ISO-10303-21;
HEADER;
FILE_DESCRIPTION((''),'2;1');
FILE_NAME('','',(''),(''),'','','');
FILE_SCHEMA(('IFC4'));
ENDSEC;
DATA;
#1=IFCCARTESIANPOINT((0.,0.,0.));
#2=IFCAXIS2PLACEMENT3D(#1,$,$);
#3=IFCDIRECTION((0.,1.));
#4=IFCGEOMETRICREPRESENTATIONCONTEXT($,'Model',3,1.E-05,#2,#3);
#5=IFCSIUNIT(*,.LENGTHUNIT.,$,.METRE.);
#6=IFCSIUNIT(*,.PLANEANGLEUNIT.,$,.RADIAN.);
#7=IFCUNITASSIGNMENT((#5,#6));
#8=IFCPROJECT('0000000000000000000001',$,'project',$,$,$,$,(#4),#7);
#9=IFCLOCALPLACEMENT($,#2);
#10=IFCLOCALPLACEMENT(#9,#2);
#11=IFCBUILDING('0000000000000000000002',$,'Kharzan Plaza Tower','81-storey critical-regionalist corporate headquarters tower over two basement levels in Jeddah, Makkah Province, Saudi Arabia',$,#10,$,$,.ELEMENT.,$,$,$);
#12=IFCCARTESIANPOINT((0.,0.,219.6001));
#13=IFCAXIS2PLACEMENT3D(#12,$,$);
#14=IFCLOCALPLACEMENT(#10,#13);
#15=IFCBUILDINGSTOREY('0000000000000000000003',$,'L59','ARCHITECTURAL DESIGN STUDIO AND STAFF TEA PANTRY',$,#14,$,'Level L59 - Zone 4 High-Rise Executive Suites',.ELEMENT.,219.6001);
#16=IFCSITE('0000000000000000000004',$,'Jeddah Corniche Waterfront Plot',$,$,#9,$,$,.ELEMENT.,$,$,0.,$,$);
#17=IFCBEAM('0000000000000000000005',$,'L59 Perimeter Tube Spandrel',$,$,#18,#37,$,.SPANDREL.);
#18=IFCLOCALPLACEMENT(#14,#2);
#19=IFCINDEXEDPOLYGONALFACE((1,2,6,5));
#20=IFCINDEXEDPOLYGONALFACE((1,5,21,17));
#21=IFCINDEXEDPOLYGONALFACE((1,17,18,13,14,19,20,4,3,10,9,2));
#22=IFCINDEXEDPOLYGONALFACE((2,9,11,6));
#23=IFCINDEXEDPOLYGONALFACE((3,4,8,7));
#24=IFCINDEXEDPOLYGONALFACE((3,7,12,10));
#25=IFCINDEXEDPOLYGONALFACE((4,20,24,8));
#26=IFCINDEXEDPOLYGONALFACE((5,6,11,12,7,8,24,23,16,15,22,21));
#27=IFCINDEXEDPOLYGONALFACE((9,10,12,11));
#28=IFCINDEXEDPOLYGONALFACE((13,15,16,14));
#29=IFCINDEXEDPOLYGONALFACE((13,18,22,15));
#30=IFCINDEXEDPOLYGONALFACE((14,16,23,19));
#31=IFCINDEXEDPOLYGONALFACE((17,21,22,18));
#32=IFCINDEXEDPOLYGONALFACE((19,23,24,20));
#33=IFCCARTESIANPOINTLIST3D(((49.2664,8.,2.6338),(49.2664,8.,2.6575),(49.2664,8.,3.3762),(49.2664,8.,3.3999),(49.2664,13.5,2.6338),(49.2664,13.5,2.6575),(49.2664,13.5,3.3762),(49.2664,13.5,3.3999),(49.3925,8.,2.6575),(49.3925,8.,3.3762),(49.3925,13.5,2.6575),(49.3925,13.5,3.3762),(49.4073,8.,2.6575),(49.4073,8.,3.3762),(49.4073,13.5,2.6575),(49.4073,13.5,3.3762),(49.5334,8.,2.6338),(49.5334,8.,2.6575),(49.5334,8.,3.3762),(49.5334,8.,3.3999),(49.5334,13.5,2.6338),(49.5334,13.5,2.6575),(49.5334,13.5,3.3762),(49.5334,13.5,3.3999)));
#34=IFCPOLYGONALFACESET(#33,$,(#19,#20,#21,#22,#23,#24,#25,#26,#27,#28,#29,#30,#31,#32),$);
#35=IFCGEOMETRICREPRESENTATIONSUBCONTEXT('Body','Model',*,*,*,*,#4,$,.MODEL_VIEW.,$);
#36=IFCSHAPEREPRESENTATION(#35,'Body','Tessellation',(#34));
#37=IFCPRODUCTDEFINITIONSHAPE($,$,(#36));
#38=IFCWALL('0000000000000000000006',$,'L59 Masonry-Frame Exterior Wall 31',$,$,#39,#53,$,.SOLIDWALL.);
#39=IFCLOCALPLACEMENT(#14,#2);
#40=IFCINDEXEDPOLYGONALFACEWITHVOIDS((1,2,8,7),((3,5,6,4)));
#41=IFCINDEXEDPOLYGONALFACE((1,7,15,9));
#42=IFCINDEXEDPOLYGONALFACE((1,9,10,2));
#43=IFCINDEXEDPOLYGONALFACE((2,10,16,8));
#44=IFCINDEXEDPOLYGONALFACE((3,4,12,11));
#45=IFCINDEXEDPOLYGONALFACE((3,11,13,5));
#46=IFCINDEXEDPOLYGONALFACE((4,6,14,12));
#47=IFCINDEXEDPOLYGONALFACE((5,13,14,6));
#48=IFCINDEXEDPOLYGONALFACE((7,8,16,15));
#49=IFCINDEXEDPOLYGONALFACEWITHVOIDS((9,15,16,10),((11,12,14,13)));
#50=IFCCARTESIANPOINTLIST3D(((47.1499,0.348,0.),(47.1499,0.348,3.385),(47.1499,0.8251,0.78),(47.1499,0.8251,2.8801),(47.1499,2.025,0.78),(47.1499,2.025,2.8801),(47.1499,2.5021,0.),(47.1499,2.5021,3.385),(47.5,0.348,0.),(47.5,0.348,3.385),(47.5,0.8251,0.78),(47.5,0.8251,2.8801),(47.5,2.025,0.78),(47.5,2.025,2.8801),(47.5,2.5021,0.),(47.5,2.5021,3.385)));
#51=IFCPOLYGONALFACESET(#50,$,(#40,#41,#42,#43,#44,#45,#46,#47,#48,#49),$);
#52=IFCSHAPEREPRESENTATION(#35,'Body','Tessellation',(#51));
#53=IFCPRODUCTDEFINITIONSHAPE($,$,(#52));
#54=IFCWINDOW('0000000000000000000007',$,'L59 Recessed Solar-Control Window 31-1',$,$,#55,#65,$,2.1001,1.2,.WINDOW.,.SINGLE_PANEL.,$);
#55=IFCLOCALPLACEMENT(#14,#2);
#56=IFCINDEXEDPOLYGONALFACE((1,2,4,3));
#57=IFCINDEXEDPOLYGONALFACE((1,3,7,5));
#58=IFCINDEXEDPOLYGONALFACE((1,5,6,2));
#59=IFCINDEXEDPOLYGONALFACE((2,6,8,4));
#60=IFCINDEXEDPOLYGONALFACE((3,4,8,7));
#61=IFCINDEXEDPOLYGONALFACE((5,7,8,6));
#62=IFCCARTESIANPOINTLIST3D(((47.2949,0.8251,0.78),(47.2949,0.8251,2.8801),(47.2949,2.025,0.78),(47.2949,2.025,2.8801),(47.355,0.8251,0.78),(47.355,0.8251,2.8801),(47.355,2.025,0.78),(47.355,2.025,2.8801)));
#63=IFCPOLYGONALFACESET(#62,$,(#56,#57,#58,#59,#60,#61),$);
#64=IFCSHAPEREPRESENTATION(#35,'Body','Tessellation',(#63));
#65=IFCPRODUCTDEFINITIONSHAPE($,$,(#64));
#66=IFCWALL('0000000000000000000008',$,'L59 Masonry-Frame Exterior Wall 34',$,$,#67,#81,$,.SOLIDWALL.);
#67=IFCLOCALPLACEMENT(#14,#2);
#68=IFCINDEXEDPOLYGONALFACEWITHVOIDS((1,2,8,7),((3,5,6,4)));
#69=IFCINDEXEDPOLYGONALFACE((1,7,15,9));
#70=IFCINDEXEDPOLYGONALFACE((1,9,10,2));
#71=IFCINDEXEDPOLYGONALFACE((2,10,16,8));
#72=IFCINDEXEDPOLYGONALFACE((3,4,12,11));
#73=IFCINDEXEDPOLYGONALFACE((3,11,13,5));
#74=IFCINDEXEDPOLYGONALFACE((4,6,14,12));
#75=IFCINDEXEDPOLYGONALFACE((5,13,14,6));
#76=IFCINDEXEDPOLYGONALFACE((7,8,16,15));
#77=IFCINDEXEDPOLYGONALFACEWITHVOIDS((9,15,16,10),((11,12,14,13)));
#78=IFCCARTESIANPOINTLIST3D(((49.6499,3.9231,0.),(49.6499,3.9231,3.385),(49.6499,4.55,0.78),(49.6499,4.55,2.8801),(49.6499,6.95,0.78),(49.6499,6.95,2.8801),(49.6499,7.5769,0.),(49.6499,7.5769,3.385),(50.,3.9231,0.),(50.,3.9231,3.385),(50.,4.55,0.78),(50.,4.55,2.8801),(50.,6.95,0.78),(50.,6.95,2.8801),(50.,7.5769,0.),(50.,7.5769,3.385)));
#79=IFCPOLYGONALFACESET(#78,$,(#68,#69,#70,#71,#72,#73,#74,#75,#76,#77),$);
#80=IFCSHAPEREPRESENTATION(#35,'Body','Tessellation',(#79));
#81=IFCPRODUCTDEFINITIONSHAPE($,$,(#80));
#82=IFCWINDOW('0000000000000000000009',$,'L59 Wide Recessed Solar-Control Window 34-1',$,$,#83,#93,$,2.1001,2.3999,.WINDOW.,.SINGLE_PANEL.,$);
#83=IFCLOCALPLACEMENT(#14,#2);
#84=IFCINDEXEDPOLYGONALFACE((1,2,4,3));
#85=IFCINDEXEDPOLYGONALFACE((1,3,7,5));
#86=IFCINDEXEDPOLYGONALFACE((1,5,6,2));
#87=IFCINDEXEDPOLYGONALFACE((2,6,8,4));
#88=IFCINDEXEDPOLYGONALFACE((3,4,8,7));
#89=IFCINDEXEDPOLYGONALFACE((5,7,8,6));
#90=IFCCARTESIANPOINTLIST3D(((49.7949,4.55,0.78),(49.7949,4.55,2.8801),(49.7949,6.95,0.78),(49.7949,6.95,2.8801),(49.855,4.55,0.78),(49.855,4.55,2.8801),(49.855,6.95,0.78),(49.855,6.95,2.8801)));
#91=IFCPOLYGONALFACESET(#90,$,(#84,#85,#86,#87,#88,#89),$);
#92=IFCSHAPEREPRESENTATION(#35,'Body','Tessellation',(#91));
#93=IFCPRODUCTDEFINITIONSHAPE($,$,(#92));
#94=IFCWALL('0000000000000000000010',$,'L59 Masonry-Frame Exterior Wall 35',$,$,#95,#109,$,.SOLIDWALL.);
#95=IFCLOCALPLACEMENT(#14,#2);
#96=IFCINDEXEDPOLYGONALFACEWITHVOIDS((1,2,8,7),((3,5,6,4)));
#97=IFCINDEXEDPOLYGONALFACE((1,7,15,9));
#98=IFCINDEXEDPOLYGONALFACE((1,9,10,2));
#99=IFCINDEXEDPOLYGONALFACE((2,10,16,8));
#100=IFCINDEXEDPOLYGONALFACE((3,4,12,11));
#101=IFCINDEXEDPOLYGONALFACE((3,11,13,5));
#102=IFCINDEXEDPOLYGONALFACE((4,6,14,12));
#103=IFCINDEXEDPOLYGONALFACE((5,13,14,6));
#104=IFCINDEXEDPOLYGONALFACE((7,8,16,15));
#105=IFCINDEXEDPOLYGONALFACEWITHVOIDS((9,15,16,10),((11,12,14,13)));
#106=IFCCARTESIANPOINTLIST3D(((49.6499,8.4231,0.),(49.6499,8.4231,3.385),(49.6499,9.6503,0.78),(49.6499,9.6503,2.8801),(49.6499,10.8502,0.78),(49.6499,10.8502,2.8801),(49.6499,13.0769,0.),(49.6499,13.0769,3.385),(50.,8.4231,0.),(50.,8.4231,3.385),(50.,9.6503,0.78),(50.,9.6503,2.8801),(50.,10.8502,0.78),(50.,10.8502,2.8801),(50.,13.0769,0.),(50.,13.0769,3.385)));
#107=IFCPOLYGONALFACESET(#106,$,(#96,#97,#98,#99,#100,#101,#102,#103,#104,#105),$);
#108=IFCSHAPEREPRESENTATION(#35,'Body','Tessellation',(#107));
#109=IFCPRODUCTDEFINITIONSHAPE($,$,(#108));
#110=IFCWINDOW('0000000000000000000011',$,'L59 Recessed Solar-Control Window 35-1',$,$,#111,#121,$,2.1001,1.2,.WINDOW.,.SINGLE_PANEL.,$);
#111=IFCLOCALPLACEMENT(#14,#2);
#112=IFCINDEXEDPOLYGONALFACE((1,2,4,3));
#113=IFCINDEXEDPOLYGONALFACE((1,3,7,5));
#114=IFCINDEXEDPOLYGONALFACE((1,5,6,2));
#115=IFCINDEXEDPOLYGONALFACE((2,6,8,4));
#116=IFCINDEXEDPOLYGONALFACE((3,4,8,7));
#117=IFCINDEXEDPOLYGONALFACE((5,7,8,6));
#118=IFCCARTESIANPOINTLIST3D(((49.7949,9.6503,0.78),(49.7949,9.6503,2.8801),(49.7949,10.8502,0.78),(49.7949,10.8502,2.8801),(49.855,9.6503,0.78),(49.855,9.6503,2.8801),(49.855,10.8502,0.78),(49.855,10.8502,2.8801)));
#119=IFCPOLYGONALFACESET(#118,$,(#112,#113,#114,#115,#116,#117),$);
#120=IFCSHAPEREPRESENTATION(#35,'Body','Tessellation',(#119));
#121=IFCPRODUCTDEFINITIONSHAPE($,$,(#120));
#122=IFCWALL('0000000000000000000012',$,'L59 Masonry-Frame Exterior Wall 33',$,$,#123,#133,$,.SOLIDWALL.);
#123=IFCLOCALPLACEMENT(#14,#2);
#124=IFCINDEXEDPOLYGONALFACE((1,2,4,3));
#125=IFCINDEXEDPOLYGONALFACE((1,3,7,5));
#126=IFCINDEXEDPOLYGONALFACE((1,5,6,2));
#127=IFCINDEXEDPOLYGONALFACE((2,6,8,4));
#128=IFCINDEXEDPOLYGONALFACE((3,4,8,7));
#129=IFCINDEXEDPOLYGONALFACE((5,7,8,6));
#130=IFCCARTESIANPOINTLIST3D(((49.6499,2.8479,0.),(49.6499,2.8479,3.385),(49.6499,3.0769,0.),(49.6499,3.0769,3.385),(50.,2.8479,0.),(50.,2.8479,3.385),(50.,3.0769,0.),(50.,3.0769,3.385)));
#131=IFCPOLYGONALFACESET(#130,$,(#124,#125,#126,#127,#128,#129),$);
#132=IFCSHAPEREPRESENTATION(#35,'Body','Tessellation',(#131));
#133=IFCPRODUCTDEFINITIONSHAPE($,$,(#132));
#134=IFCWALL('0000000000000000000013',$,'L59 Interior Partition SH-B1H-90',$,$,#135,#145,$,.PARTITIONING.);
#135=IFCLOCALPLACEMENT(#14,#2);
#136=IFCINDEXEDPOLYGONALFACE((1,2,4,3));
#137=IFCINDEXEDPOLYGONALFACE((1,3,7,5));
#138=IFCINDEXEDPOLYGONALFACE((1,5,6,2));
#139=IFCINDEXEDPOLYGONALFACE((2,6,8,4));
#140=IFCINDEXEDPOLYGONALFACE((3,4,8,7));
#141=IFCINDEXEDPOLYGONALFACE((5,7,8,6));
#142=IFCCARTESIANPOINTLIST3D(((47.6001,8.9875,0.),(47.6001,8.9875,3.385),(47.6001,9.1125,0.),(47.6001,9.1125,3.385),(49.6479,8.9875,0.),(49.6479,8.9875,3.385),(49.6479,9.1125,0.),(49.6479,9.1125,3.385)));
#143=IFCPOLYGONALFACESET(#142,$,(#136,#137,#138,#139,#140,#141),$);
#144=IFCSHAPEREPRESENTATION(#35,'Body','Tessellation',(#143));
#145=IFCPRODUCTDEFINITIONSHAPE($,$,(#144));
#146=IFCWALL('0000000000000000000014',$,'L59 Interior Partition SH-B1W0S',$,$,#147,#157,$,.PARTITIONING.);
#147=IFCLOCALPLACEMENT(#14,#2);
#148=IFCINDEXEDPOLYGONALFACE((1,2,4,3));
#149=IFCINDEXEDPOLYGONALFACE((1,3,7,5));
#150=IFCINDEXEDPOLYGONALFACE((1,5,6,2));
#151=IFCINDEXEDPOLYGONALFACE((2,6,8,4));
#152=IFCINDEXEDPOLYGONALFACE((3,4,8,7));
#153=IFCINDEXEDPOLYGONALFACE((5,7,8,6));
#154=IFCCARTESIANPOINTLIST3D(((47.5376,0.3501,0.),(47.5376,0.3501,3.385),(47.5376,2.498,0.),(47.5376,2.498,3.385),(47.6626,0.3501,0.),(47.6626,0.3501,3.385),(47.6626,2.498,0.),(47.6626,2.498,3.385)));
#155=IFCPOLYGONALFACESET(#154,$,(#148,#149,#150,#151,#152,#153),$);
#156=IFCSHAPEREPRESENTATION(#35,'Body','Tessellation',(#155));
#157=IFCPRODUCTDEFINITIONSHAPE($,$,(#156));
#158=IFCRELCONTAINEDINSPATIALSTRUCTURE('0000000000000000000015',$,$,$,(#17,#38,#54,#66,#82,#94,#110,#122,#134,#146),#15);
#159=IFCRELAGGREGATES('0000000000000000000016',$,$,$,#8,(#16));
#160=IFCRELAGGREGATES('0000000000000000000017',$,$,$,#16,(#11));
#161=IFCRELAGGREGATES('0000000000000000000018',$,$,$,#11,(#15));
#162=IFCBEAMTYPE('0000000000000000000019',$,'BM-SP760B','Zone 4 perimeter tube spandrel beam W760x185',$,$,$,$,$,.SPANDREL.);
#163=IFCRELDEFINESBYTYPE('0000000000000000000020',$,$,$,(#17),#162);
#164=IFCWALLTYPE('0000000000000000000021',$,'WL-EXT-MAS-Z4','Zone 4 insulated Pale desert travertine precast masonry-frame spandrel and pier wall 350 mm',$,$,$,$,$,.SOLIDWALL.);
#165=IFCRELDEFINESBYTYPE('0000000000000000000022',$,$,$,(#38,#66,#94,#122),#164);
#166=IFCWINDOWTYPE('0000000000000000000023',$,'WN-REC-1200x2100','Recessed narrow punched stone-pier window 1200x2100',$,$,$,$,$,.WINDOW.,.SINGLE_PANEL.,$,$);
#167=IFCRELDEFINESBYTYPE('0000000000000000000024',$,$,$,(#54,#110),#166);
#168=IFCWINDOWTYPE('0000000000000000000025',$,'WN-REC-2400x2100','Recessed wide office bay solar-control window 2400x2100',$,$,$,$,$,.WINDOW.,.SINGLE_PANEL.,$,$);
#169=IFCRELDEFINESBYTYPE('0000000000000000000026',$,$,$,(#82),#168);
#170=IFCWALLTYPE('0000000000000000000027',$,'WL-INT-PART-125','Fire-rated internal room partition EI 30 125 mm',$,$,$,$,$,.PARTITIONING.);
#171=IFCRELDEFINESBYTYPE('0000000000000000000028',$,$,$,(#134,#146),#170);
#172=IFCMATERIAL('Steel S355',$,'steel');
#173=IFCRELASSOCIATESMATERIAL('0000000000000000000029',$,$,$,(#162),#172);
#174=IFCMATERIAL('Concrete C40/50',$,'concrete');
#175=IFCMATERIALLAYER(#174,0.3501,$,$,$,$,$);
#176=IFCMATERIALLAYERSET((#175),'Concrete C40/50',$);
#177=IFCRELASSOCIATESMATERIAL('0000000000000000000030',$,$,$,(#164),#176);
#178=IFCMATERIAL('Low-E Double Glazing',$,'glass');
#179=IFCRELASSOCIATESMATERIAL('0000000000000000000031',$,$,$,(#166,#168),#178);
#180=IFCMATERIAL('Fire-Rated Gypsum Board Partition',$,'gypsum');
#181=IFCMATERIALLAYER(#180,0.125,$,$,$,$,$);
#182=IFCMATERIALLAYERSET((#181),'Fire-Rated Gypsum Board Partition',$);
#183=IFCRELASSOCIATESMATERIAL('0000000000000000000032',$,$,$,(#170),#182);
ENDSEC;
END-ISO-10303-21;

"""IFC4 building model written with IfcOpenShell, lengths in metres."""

from ifc_helpers import new_model, si_unit, direction, frame, frame_2d, origin, origin_2d, place, context, subcontext, project, spatial, rectangle, i_section, extrude, source, transform, mapped, material, layer, layer_set, material_profile, profile_set, type_object, element, fill, save


model = new_model("IFC4")

# Units and contexts
model_context = context("Model", 3, precision=1e-05, world=origin(), true_north=direction((0.0, 1.0)))
body_context = subcontext(model_context, "Body", "Model", "MODEL_VIEW")
ifc_project = project(units=[si_unit("LENGTHUNIT", "METRE"), si_unit("PLANEANGLEUNIT", "RADIAN")], contexts=[model_context])

# Site, building, storey
site_placement = place(None, origin())
site = spatial("IfcSite", under=ifc_project, at=site_placement, Name="Jeddah Corniche Waterfront Plot", CompositionType="ELEMENT", RefElevation=0.0)
building_placement = place(site_placement, origin())
building = spatial("IfcBuilding", under=site, at=building_placement, Name="Kharzan Plaza Tower", Description="81-storey critical-regionalist corporate headquarters tower over two basement levels in Jeddah, Makkah Province, Saudi Arabia", CompositionType="ELEMENT")
storey_placement = place(building_placement, frame((0.0, 0.0, 219.6001)))
storey = spatial("IfcBuildingStorey", under=building, at=storey_placement, Name="L59", Description="ARCHITECTURAL DESIGN STUDIO AND STAFF TEA PANTRY", LongName="Level L59 - Zone 4 High-Rise Executive Suites", CompositionType="ELEMENT", Elevation=219.6001)

# Beam
ifc_material_1 = material(Name="Steel S355", Category="steel")
ifc_material_profile_1 = material_profile(ifc_material_1, i_section(OverallWidth=0.2671, OverallDepth=0.7661, WebThickness=0.0149, FlangeThickness=0.0237, at=origin_2d()), Name="W760x185")
ifc_profile_set_1 = profile_set([ifc_material_profile_1], Name="Steel S355")
beam_type_1 = type_object("IfcBeamType", Name="BM-SP760B", Description="Zone 4 perimeter tube spandrel beam W760x185", PredefinedType="SPANDREL", material=ifc_profile_set_1)
shared_shape_1 = source(origin(), body_context, "Body", "SweptSolid", [
    extrude(i_section(OverallWidth=0.2671, OverallDepth=0.7661, WebThickness=0.0149, FlangeThickness=0.0237, at=origin_2d()), origin(), (0.0, 0.0, 1.0), 5.5),
])
beam_1_placement = place(storey_placement, frame((49.3999, 8.0, 3.0168), z_axis=(0.0, 1.0, 0.0), x_axis=(-1.0, 0.0, 0.0)))
element("IfcBeam", 1, at=beam_1_placement, inside=storey, type_object=beam_type_1, Name="L59 Perimeter Tube Spandrel", PredefinedType="SPANDREL", context=body_context, shape_type="MappedRepresentation", body=[
    mapped(shared_shape_1, transform((0.0, 0.0, 0.0), x_axis=(1.0, 0.0, 0.0), y_axis=(0.0, 1.0, 0.0), z_axis=(0.0, 0.0, 1.0))),
])

# Walls, openings, windows
ifc_material_2 = material(Name="Concrete C40/50", Category="concrete")
ifc_layer_1 = layer(ifc_material_2, 0.3501)
ifc_layer_set_1 = layer_set([ifc_layer_1], Name="Concrete C40/50")
wall_type_1 = type_object("IfcWallType", Name="WL-EXT-MAS-Z4", Description="Zone 4 insulated Pale desert travertine precast masonry-frame spandrel and pier wall 350 mm", PredefinedType="SOLIDWALL", material=ifc_layer_set_1)
wall_1_placement = place(storey_placement, frame((47.325, 0.3479, 0.0), z_axis=(0.0, 0.0, 1.0), x_axis=(0.0, 1.0, 0.0)))
wall_1 = element("IfcWall", 2, at=wall_1_placement, inside=storey, type_object=wall_type_1, Name="L59 Masonry-Frame Exterior Wall 31", PredefinedType="SOLIDWALL", context=body_context, shape_type="SweptSolid", body=[
    extrude(rectangle(XDim=2.1541, YDim=0.3501, at=frame_2d((1.0771, 0.0))), origin(), (0.0, 0.0, 1.0), 3.385),
])
opening_1_placement = place(wall_1_placement, frame((0.4771, 0.0, 0.78)))
opening_1 = element("IfcOpeningElement", 3, at=opening_1_placement, cuts=wall_1, PredefinedType="OPENING", context=body_context, shape_type="SweptSolid", body=[
    extrude(rectangle(XDim=1.2, YDim=2.1001, at=frame_2d((0.6001, 1.05))), frame((0.0, 0.1851, 0.0), z_axis=(0.0, -1.0, 0.0), x_axis=(1.0, 0.0, 0.0)), (0.0, 0.0, 1.0), 0.3701),
])
ifc_material_3 = material(Name="Low-E Double Glazing", Category="glass")
window_type_1 = type_object("IfcWindowType", Name="WN-REC-1200x2100", Description="Recessed narrow punched stone-pier window 1200x2100", PartitioningType="SINGLE_PANEL", PredefinedType="WINDOW", material=ifc_material_3)
shared_shape_2 = source(origin(), body_context, "Body", "SweptSolid", [
    extrude(rectangle(XDim=1.2, YDim=2.1001, at=frame_2d((0.6001, 1.05))), frame((0.0, 0.03, 0.0), z_axis=(0.0, -1.0, 0.0), x_axis=(1.0, 0.0, 0.0)), (0.0, 0.0, 1.0), 0.0601),
])
window_1_placement = place(opening_1_placement, origin())
window_1 = element("IfcWindow", 4, at=window_1_placement, inside=storey, type_object=window_type_1, Name="L59 Recessed Solar-Control Window 31-1", OverallHeight=2.1001, OverallWidth=1.2, PartitioningType="SINGLE_PANEL", PredefinedType="WINDOW", context=body_context, shape_type="MappedRepresentation", body=[
    mapped(shared_shape_2, transform((0.0, 0.0, 0.0), x_axis=(1.0, 0.0, 0.0), y_axis=(0.0, 1.0, 0.0), z_axis=(0.0, 0.0, 1.0))),
])
fill(opening_1, window_1)
wall_2_placement = place(storey_placement, frame((49.825, 3.9231, 0.0), z_axis=(0.0, 0.0, 1.0), x_axis=(0.0, 1.0, 0.0)))
wall_2 = element("IfcWall", 5, at=wall_2_placement, inside=storey, type_object=wall_type_1, Name="L59 Masonry-Frame Exterior Wall 34", PredefinedType="SOLIDWALL", context=body_context, shape_type="SweptSolid", body=[
    extrude(rectangle(XDim=3.6538, YDim=0.3501, at=frame_2d((1.8269, 0.0))), origin(), (0.0, 0.0, 1.0), 3.385),
])
opening_2_placement = place(wall_2_placement, frame((0.627, 0.0, 0.78)))
opening_2 = element("IfcOpeningElement", 6, at=opening_2_placement, cuts=wall_2, PredefinedType="OPENING", context=body_context, shape_type="SweptSolid", body=[
    extrude(rectangle(XDim=2.3999, YDim=2.1001, at=frame_2d((1.2, 1.05))), frame((0.0, 0.1851, 0.0), z_axis=(0.0, -1.0, 0.0), x_axis=(1.0, 0.0, 0.0)), (0.0, 0.0, 1.0), 0.3701),
])
window_type_2 = type_object("IfcWindowType", Name="WN-REC-2400x2100", Description="Recessed wide office bay solar-control window 2400x2100", PartitioningType="SINGLE_PANEL", PredefinedType="WINDOW", material=ifc_material_3)
shared_shape_3 = source(origin(), body_context, "Body", "SweptSolid", [
    extrude(rectangle(XDim=2.3999, YDim=2.1001, at=frame_2d((1.2, 1.05))), frame((0.0, 0.03, 0.0), z_axis=(0.0, -1.0, 0.0), x_axis=(1.0, 0.0, 0.0)), (0.0, 0.0, 1.0), 0.0601),
])
window_2_placement = place(opening_2_placement, origin())
window_2 = element("IfcWindow", 7, at=window_2_placement, inside=storey, type_object=window_type_2, Name="L59 Wide Recessed Solar-Control Window 34-1", OverallHeight=2.1001, OverallWidth=2.3999, PartitioningType="SINGLE_PANEL", PredefinedType="WINDOW", context=body_context, shape_type="MappedRepresentation", body=[
    mapped(shared_shape_3, transform((0.0, 0.0, 0.0), x_axis=(1.0, 0.0, 0.0), y_axis=(0.0, 1.0, 0.0), z_axis=(0.0, 0.0, 1.0))),
])
fill(opening_2, window_2)
wall_3_placement = place(storey_placement, frame((49.825, 8.4231, 0.0), z_axis=(0.0, 0.0, 1.0), x_axis=(0.0, 1.0, 0.0)))
wall_3 = element("IfcWall", 8, at=wall_3_placement, inside=storey, type_object=wall_type_1, Name="L59 Masonry-Frame Exterior Wall 35", PredefinedType="SOLIDWALL", context=body_context, shape_type="SweptSolid", body=[
    extrude(rectangle(XDim=4.6538, YDim=0.3501, at=frame_2d((2.3269, 0.0))), origin(), (0.0, 0.0, 1.0), 3.385),
])
opening_3_placement = place(wall_3_placement, frame((1.2271, 0.0, 0.78)))
opening_3 = element("IfcOpeningElement", 9, at=opening_3_placement, cuts=wall_3, PredefinedType="OPENING", context=body_context, shape_type="SweptSolid", body=[
    extrude(rectangle(XDim=1.2, YDim=2.1001, at=frame_2d((0.6001, 1.05))), frame((0.0, 0.1851, 0.0), z_axis=(0.0, -1.0, 0.0), x_axis=(1.0, 0.0, 0.0)), (0.0, 0.0, 1.0), 0.3701),
])
window_3_placement = place(opening_3_placement, origin())
window_3 = element("IfcWindow", 10, at=window_3_placement, inside=storey, type_object=window_type_1, Name="L59 Recessed Solar-Control Window 35-1", OverallHeight=2.1001, OverallWidth=1.2, PartitioningType="SINGLE_PANEL", PredefinedType="WINDOW", context=body_context, shape_type="MappedRepresentation", body=[
    mapped(shared_shape_2, transform((0.0, 0.0, 0.0), x_axis=(1.0, 0.0, 0.0), y_axis=(0.0, 1.0, 0.0), z_axis=(0.0, 0.0, 1.0))),
])
fill(opening_3, window_3)

# Shared definitions
ifc_material_4 = material(Name="Fire-Rated Gypsum Board Partition", Category="gypsum")
ifc_layer_2 = layer(ifc_material_4, 0.125)
ifc_layer_set_2 = layer_set([ifc_layer_2], Name="Fire-Rated Gypsum Board Partition")
wall_type_2 = type_object("IfcWallType", Name="WL-INT-PART-125", Description="Fire-rated internal room partition EI 30 125 mm", PredefinedType="PARTITIONING", material=ifc_layer_set_2)

# Walls
shared_shape_4 = source(origin(), body_context, "Body", "SweptSolid", [
    extrude(rectangle(XDim=0.229, YDim=0.3501, at=frame_2d((0.1145, 0.0))), origin(), (0.0, 0.0, 1.0), 3.385),
])
wall_4_placement = place(storey_placement, frame((49.825, 2.8479, 0.0), z_axis=(0.0, 0.0, 1.0), x_axis=(0.0, 1.0, 0.0)))
element("IfcWall", 11, at=wall_4_placement, inside=storey, type_object=wall_type_1, Name="L59 Masonry-Frame Exterior Wall 33", PredefinedType="SOLIDWALL", context=body_context, shape_type="MappedRepresentation", body=[
    mapped(shared_shape_4, transform((0.0, 0.0, 0.0), x_axis=(1.0, 0.0, 0.0), y_axis=(0.0, 1.0, 0.0), z_axis=(0.0, 0.0, 1.0))),
])
shared_shape_5 = source(origin(), body_context, "Body", "SweptSolid", [
    extrude(rectangle(XDim=2.0479, YDim=0.125, at=frame_2d((1.0239, 0.0))), origin(), (0.0, 0.0, 1.0), 3.385),
])
wall_5_placement = place(storey_placement, frame((47.6001, 9.05, 0.0), z_axis=(0.0, 0.0, 1.0), x_axis=(1.0, 0.0, 0.0)))
element("IfcWall", 12, at=wall_5_placement, inside=storey, type_object=wall_type_2, Name="L59 Interior Partition SH-B1H-90", PredefinedType="PARTITIONING", context=body_context, shape_type="MappedRepresentation", body=[
    mapped(shared_shape_5, transform((0.0, 0.0, 0.0), x_axis=(1.0, 0.0, 0.0), y_axis=(0.0, 1.0, 0.0), z_axis=(0.0, 0.0, 1.0))),
])
shared_shape_6 = source(origin(), body_context, "Body", "SweptSolid", [
    extrude(rectangle(XDim=2.1479, YDim=0.125, at=frame_2d((1.074, 0.0))), origin(), (0.0, 0.0, 1.0), 3.385),
])
wall_6_placement = place(storey_placement, frame((47.6001, 0.3501, 0.0), z_axis=(0.0, 0.0, 1.0), x_axis=(0.0, 1.0, 0.0)))
element("IfcWall", 13, at=wall_6_placement, inside=storey, type_object=wall_type_2, Name="L59 Interior Partition SH-B1W0S", PredefinedType="PARTITIONING", context=body_context, shape_type="MappedRepresentation", body=[
    mapped(shared_shape_6, transform((0.0, 0.0, 0.0), x_axis=(1.0, 0.0, 0.0), y_axis=(0.0, 1.0, 0.0), z_axis=(0.0, 0.0, 1.0))),
])

save(model, "model.ifc")
